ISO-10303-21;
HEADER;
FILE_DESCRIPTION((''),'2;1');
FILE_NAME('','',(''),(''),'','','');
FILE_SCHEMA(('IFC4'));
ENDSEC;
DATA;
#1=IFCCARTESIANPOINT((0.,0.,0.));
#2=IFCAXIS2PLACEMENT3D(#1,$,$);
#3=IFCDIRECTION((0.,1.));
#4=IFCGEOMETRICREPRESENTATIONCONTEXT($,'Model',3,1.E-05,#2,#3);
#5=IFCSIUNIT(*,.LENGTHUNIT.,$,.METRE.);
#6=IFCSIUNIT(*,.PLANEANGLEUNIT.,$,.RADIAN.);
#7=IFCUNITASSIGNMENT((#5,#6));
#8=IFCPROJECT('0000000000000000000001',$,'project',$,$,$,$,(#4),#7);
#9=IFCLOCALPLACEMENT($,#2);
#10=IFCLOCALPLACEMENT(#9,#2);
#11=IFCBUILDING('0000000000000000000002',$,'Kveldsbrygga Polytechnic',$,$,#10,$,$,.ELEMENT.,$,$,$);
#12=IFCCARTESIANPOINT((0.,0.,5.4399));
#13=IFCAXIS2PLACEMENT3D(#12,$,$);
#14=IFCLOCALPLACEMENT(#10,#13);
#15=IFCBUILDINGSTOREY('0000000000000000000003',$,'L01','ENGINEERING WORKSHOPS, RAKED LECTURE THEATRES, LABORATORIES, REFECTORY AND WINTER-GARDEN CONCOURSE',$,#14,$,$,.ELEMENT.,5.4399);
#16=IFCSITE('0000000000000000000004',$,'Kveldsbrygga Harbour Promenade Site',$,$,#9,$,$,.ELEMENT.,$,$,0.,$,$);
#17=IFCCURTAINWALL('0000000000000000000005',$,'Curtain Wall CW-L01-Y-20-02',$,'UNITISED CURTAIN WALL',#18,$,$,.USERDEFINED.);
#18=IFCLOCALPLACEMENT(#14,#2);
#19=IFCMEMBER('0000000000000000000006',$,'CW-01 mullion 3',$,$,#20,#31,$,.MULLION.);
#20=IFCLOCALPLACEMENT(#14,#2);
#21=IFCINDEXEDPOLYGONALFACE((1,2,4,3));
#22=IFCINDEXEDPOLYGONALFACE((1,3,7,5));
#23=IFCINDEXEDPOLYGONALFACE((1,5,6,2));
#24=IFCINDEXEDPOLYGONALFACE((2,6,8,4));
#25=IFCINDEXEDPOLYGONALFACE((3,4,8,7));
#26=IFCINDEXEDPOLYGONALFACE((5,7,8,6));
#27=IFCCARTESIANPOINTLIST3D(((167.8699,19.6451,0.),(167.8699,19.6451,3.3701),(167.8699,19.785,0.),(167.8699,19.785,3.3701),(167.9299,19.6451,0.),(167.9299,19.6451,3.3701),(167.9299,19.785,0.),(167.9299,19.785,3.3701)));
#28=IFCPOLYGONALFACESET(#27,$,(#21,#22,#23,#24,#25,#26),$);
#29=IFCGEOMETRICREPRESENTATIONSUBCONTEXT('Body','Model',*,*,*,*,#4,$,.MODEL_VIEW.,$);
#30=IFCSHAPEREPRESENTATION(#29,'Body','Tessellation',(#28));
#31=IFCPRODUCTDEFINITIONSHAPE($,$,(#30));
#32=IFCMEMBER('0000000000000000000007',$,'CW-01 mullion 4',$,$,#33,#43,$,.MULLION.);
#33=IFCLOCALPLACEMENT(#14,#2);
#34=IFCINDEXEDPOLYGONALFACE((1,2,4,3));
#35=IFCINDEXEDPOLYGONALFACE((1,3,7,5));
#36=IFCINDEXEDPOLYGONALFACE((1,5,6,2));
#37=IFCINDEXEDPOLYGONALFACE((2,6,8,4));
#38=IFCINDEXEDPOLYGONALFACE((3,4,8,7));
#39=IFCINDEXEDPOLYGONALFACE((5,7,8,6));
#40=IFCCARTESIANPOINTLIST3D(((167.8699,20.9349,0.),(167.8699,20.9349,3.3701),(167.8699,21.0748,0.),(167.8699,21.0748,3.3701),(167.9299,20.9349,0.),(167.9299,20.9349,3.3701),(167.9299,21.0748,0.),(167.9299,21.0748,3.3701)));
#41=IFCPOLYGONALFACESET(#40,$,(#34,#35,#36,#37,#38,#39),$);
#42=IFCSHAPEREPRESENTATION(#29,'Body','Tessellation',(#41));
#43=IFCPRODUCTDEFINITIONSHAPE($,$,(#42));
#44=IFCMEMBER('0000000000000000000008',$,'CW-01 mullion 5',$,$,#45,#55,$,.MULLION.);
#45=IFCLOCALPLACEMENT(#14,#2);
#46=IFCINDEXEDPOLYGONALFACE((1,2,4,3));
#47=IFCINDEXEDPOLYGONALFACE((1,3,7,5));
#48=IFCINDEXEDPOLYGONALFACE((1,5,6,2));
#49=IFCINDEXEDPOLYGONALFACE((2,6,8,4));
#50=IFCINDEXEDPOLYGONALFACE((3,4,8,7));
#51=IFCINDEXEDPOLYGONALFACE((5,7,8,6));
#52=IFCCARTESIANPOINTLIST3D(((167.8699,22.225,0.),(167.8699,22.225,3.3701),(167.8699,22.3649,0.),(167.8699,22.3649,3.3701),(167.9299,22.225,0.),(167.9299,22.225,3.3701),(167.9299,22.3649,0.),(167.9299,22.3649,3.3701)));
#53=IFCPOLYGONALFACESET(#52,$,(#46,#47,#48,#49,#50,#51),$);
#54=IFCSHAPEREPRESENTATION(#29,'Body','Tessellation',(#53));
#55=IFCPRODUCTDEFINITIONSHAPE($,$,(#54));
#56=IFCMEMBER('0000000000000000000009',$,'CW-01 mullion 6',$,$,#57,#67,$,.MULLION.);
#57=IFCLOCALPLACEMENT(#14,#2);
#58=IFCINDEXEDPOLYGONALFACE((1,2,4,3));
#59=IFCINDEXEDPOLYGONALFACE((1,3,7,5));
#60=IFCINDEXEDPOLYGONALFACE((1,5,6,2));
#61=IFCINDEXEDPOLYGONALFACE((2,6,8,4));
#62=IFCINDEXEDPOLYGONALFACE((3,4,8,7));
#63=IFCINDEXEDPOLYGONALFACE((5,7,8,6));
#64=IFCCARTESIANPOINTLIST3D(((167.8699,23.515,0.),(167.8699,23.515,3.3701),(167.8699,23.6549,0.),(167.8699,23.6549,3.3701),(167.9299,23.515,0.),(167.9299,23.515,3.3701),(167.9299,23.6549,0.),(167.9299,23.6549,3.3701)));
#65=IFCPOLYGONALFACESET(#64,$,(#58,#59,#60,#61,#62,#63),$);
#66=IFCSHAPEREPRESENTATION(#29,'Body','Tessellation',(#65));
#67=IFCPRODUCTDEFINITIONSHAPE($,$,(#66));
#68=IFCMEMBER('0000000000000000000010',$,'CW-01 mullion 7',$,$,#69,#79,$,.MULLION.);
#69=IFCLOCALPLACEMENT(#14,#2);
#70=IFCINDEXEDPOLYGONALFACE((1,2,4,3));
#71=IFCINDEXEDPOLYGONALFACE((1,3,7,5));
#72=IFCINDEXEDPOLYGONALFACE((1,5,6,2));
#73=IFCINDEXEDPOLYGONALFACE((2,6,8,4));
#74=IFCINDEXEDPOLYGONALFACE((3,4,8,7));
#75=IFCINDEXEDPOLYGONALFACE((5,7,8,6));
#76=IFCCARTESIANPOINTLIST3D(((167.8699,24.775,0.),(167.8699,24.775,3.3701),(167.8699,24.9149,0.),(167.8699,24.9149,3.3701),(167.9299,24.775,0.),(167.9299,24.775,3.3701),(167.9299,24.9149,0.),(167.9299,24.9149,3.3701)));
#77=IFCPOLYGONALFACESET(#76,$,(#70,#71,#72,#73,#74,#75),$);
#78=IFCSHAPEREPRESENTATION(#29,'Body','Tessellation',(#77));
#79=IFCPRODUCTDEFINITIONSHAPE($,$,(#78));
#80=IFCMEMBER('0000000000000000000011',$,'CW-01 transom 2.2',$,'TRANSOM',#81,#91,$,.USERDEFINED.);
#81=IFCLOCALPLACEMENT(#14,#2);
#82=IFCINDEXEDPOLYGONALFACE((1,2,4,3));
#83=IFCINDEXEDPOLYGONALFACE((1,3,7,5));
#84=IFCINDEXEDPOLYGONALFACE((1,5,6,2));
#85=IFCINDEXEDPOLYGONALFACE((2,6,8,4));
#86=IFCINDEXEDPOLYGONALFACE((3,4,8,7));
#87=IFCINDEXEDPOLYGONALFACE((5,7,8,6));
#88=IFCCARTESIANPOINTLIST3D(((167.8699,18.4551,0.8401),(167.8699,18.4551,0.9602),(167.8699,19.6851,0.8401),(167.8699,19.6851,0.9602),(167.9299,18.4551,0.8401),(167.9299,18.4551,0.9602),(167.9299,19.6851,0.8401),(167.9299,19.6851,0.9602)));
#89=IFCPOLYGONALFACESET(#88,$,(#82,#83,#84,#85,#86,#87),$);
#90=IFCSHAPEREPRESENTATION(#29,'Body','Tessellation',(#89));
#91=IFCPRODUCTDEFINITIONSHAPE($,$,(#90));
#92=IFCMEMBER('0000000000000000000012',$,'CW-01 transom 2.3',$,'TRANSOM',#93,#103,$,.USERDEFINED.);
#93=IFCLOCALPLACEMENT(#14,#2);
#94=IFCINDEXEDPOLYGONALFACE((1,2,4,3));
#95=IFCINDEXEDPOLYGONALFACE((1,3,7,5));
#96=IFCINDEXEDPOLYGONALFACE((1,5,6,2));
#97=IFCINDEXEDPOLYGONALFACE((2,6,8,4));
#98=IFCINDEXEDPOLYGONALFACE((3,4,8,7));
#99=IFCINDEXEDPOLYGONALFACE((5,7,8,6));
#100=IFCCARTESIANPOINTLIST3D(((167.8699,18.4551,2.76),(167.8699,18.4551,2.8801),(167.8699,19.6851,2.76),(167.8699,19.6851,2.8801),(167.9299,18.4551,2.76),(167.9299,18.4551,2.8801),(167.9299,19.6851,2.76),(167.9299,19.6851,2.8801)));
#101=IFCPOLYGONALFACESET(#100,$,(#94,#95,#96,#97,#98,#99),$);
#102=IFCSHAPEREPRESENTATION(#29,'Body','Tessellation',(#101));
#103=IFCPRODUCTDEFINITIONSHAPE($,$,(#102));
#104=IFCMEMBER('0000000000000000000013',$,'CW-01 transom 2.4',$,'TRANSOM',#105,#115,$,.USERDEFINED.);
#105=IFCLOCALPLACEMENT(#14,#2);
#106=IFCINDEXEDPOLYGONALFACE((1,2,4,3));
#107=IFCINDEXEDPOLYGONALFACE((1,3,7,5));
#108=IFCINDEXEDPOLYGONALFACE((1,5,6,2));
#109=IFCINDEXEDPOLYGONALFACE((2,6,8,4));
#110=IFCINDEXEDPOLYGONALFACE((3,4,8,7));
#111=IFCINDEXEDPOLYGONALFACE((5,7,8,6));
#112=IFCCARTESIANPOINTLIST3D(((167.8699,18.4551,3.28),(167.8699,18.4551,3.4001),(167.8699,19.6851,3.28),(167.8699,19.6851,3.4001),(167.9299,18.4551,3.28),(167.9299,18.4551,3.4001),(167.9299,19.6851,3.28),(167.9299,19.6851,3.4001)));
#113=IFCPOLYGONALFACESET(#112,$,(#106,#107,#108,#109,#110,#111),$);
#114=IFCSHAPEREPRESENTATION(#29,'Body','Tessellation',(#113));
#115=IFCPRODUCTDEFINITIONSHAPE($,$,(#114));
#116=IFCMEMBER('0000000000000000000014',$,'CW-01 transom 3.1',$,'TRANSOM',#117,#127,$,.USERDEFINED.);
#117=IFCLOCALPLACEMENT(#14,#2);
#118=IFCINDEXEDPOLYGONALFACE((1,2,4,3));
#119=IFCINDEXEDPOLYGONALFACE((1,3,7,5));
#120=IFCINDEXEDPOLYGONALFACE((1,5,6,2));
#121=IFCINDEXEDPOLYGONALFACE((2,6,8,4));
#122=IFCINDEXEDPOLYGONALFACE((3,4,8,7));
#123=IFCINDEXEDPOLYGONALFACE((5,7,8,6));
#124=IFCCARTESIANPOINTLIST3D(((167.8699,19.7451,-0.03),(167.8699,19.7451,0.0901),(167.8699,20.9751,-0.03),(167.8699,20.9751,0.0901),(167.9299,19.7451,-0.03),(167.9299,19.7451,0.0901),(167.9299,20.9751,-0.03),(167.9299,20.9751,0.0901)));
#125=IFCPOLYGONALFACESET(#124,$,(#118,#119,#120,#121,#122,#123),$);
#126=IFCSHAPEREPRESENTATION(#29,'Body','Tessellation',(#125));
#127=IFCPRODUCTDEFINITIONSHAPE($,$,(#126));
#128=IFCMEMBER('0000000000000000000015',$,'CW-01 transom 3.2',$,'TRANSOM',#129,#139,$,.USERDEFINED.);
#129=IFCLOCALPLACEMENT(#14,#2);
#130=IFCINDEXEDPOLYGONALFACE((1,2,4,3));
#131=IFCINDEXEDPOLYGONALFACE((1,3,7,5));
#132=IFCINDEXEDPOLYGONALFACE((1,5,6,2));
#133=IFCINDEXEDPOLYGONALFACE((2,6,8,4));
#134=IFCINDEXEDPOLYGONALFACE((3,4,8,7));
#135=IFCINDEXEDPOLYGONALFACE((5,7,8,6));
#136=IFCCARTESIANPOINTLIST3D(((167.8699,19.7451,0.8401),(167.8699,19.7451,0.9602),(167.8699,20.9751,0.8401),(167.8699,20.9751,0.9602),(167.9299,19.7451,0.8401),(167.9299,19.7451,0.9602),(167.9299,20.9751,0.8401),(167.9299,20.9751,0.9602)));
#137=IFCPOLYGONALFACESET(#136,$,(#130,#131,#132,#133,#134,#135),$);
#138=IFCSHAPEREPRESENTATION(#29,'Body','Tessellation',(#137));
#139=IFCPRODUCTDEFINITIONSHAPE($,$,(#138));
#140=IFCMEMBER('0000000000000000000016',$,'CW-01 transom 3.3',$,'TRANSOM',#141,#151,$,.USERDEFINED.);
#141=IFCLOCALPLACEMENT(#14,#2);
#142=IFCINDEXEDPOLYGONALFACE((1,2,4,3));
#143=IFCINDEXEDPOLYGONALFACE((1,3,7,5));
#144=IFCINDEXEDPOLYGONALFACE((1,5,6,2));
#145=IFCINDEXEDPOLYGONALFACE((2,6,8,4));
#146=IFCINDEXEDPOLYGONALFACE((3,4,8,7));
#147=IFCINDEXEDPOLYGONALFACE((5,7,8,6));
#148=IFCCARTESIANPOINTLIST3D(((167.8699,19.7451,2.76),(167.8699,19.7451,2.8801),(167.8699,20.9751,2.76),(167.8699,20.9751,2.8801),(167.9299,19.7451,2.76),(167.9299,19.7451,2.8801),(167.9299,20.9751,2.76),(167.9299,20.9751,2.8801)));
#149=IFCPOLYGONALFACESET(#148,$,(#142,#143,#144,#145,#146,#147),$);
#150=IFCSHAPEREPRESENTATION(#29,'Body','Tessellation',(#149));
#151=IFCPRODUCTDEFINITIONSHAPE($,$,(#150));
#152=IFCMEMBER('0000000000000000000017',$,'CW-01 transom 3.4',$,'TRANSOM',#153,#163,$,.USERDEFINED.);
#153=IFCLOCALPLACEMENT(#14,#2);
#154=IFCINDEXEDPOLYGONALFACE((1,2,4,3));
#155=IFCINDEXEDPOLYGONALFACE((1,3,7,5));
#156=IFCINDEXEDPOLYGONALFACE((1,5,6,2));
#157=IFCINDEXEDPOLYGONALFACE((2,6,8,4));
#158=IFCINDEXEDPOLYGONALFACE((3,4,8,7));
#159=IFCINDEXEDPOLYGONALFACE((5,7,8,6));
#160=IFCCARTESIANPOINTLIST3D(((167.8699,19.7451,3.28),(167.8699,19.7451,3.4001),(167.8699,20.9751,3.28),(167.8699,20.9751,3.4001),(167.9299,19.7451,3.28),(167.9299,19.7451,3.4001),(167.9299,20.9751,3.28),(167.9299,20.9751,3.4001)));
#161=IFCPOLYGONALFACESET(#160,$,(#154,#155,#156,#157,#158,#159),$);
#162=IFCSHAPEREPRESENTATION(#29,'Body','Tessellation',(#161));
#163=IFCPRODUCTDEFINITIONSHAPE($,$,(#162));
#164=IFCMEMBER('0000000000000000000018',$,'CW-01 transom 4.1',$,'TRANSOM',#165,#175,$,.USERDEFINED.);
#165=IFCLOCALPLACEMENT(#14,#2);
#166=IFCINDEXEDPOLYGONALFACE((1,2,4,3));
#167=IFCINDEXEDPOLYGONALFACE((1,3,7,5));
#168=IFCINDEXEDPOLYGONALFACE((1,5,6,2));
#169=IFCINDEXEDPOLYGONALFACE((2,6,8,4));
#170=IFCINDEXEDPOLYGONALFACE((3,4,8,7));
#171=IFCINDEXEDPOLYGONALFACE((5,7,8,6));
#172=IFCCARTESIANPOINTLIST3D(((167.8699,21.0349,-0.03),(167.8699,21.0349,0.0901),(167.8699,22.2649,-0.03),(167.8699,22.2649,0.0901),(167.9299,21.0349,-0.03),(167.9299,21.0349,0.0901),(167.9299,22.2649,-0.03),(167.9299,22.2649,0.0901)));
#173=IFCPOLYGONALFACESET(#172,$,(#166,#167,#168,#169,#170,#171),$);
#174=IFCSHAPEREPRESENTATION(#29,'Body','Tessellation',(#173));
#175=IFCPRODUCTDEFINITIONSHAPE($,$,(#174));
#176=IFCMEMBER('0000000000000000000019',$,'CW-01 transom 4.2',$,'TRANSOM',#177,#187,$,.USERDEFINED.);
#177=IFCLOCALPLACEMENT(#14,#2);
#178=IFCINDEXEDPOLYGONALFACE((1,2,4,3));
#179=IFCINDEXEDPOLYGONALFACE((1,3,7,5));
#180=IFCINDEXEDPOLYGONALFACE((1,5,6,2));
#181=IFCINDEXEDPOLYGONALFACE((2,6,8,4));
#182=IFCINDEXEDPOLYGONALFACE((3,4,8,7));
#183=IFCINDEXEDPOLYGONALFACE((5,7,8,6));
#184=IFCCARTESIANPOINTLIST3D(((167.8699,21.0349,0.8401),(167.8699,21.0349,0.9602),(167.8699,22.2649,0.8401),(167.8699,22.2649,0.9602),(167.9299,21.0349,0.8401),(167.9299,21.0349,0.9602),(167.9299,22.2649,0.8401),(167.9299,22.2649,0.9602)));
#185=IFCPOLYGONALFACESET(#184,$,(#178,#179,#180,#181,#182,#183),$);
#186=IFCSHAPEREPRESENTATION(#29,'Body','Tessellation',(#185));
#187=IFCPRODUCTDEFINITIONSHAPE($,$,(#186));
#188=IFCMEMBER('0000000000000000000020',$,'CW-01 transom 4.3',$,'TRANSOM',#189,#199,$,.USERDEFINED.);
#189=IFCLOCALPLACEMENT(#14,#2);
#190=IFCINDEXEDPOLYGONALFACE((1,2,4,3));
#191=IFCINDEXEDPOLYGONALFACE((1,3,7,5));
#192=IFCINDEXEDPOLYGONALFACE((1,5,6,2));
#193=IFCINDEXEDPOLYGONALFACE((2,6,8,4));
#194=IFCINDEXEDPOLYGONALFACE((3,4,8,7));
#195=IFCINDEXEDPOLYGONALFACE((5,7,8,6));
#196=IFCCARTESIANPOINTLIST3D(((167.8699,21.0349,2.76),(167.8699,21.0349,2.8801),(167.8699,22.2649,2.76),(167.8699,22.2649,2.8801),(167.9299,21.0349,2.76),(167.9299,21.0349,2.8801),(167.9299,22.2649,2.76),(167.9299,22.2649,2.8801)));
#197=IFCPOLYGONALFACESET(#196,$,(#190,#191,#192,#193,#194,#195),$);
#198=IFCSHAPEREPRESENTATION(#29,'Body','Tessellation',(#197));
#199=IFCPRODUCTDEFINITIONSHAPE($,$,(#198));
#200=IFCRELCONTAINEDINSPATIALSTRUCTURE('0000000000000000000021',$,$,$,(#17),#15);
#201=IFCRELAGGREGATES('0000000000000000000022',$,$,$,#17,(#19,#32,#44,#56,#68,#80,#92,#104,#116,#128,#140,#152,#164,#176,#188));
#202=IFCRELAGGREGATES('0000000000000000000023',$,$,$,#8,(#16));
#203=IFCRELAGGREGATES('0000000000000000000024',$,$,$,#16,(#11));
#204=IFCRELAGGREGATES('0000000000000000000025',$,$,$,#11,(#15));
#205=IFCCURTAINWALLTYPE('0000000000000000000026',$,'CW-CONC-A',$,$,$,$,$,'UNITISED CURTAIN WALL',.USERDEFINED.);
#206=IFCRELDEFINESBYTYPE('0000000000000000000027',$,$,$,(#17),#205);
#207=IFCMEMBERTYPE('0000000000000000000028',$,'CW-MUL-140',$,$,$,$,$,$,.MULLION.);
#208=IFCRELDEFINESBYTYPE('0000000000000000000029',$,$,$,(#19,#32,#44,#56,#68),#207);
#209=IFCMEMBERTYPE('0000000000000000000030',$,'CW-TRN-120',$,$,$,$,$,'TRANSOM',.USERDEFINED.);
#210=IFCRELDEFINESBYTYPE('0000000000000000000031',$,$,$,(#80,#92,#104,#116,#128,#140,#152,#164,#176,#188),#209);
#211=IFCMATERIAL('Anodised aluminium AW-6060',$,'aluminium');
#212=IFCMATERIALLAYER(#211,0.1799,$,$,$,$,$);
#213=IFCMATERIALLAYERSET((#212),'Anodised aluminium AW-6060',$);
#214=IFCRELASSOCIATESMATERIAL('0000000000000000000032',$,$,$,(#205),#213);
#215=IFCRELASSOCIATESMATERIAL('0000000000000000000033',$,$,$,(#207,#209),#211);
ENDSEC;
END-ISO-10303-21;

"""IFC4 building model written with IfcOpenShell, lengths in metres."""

from ifc_helpers import new_model, si_unit, direction, frame, origin, origin_2d, place, context, subcontext, project, spatial, rectangle, extrude, material, layer, layer_set, material_profile, profile_set, type_object, element, aggregate, save


model = new_model("IFC4")

# Units and contexts
model_context = context("Model", 3, precision=1e-05, world=origin(), true_north=direction((0.0, 1.0)))
body_context = subcontext(model_context, "Body", "Model", "MODEL_VIEW")
ifc_project = project(units=[si_unit("LENGTHUNIT", "METRE"), si_unit("PLANEANGLEUNIT", "RADIAN")], contexts=[model_context])

# Site, building, storey
site_placement = place(None, origin())
site = spatial("IfcSite", under=ifc_project, at=site_placement, Name="Kveldsbrygga Harbour Promenade Site", CompositionType="ELEMENT", RefElevation=0.0)
building_placement = place(site_placement, origin())
building = spatial("IfcBuilding", under=site, at=building_placement, Name="Kveldsbrygga Polytechnic", CompositionType="ELEMENT")
storey_placement = place(building_placement, frame((0.0, 0.0, 5.4399)))
storey = spatial("IfcBuildingStorey", under=building, at=storey_placement, Name="L01", Description="ENGINEERING WORKSHOPS, RAKED LECTURE THEATRES, LABORATORIES, REFECTORY AND WINTER-GARDEN CONCOURSE", CompositionType="ELEMENT", Elevation=5.4399)

# Curtain wall, members
ifc_material_1 = material(Name="Anodised aluminium AW-6060", Category="aluminium")
ifc_layer_1 = layer(ifc_material_1, 0.1799)
ifc_layer_set_1 = layer_set([ifc_layer_1], Name="Anodised aluminium AW-6060")
curtain_wall_type = type_object("IfcCurtainWallType", Name="CW-CONC-A", ElementType="UNITISED CURTAIN WALL", PredefinedType="USERDEFINED", material=ifc_layer_set_1)
curtain_wall_placement = place(storey_placement, origin())
curtain_wall = element("IfcCurtainWall", 1, at=curtain_wall_placement, inside=storey, type_object=curtain_wall_type, Name="Curtain Wall CW-L01-Y-20-02", ObjectType="UNITISED CURTAIN WALL", PredefinedType="USERDEFINED")
ifc_material_profile_1 = material_profile(ifc_material_1, rectangle(XDim=0.0601, YDim=0.1399, at=origin_2d()), Name="ALU 60x140")
ifc_profile_set_1 = profile_set([ifc_material_profile_1], Name="Anodised aluminium AW-6060")
member_type_1 = type_object("IfcMemberType", Name="CW-MUL-140", PredefinedType="MULLION", material=ifc_profile_set_1)
member_1_placement = place(storey_placement, frame((167.8999, 19.7151, 0.0), z_axis=(0.0, 0.0, 1.0), x_axis=(-1.0, 0.0, 0.0)))
member_1 = element("IfcMember", 2, at=member_1_placement, type_object=member_type_1, Name="CW-01 mullion 3", PredefinedType="MULLION", context=body_context, shape_type="SweptSolid", body=[
    extrude(rectangle(XDim=0.0601, YDim=0.1399, at=origin_2d()), origin(), (0.0, 0.0, 1.0), 3.3701),
])
member_2_placement = place(storey_placement, frame((167.8999, 21.0049, 0.0), z_axis=(0.0, 0.0, 1.0), x_axis=(-1.0, 0.0, 0.0)))
member_2 = element("IfcMember", 3, at=member_2_placement, type_object=member_type_1, Name="CW-01 mullion 4", PredefinedType="MULLION", context=body_context, shape_type="SweptSolid", body=[
    extrude(rectangle(XDim=0.0601, YDim=0.1399, at=origin_2d()), origin(), (0.0, 0.0, 1.0), 3.3701),
])
member_3_placement = place(storey_placement, frame((167.8999, 22.2949, 0.0), z_axis=(0.0, 0.0, 1.0), x_axis=(-1.0, 0.0, 0.0)))
member_3 = element("IfcMember", 4, at=member_3_placement, type_object=member_type_1, Name="CW-01 mullion 5", PredefinedType="MULLION", context=body_context, shape_type="SweptSolid", body=[
    extrude(rectangle(XDim=0.0601, YDim=0.1399, at=origin_2d()), origin(), (0.0, 0.0, 1.0), 3.3701),
])
member_4_placement = place(storey_placement, frame((167.8999, 23.585, 0.0), z_axis=(0.0, 0.0, 1.0), x_axis=(-1.0, 0.0, 0.0)))
member_4 = element("IfcMember", 5, at=member_4_placement, type_object=member_type_1, Name="CW-01 mullion 6", PredefinedType="MULLION", context=body_context, shape_type="SweptSolid", body=[
    extrude(rectangle(XDim=0.0601, YDim=0.1399, at=origin_2d()), origin(), (0.0, 0.0, 1.0), 3.3701),
])
member_5_placement = place(storey_placement, frame((167.8999, 24.845, 0.0), z_axis=(0.0, 0.0, 1.0), x_axis=(-1.0, 0.0, 0.0)))
member_5 = element("IfcMember", 6, at=member_5_placement, type_object=member_type_1, Name="CW-01 mullion 7", PredefinedType="MULLION", context=body_context, shape_type="SweptSolid", body=[
    extrude(rectangle(XDim=0.0601, YDim=0.1399, at=origin_2d()), origin(), (0.0, 0.0, 1.0), 3.3701),
])
ifc_material_profile_2 = material_profile(ifc_material_1, rectangle(XDim=0.0601, YDim=0.1201, at=origin_2d()), Name="ALU 60x120")
ifc_profile_set_2 = profile_set([ifc_material_profile_2], Name="Anodised aluminium AW-6060")
member_type_2 = type_object("IfcMemberType", Name="CW-TRN-120", ElementType="TRANSOM", PredefinedType="USERDEFINED", material=ifc_profile_set_2)
member_6_placement = place(storey_placement, frame((167.8999, 18.4551, 0.9001), z_axis=(0.0, 1.0, 0.0), x_axis=(-1.0, 0.0, 0.0)))
member_6 = element("IfcMember", 7, at=member_6_placement, type_object=member_type_2, Name="CW-01 transom 2.2", ObjectType="TRANSOM", PredefinedType="USERDEFINED", context=body_context, shape_type="SweptSolid", body=[
    extrude(rectangle(XDim=0.0601, YDim=0.1201, at=origin_2d()), origin(), (0.0, 0.0, 1.0), 1.23),
])
member_7_placement = place(storey_placement, frame((167.8999, 18.4551, 2.8201), z_axis=(0.0, 1.0, 0.0), x_axis=(-1.0, 0.0, 0.0)))
member_7 = element("IfcMember", 8, at=member_7_placement, type_object=member_type_2, Name="CW-01 transom 2.3", ObjectType="TRANSOM", PredefinedType="USERDEFINED", context=body_context, shape_type="SweptSolid", body=[
    extrude(rectangle(XDim=0.0601, YDim=0.1201, at=origin_2d()), origin(), (0.0, 0.0, 1.0), 1.23),
])
member_8_placement = place(storey_placement, frame((167.8999, 18.4551, 3.3401), z_axis=(0.0, 1.0, 0.0), x_axis=(-1.0, 0.0, 0.0)))
member_8 = element("IfcMember", 9, at=member_8_placement, type_object=member_type_2, Name="CW-01 transom 2.4", ObjectType="TRANSOM", PredefinedType="USERDEFINED", context=body_context, shape_type="SweptSolid", body=[
    extrude(rectangle(XDim=0.0601, YDim=0.1201, at=origin_2d()), origin(), (0.0, 0.0, 1.0), 1.23),
])
member_9_placement = place(storey_placement, frame((167.8999, 19.7451, 0.03), z_axis=(0.0, 1.0, 0.0), x_axis=(-1.0, 0.0, 0.0)))
member_9 = element("IfcMember", 10, at=member_9_placement, type_object=member_type_2, Name="CW-01 transom 3.1", ObjectType="TRANSOM", PredefinedType="USERDEFINED", context=body_context, shape_type="SweptSolid", body=[
    extrude(rectangle(XDim=0.0601, YDim=0.1201, at=origin_2d()), origin(), (0.0, 0.0, 1.0), 1.23),
])
member_10_placement = place(storey_placement, frame((167.8999, 19.7451, 0.9001), z_axis=(0.0, 1.0, 0.0), x_axis=(-1.0, 0.0, 0.0)))
member_10 = element("IfcMember", 11, at=member_10_placement, type_object=member_type_2, Name="CW-01 transom 3.2", ObjectType="TRANSOM", PredefinedType="USERDEFINED", context=body_context, shape_type="SweptSolid", body=[
    extrude(rectangle(XDim=0.0601, YDim=0.1201, at=origin_2d()), origin(), (0.0, 0.0, 1.0), 1.23),
])
member_11_placement = place(storey_placement, frame((167.8999, 19.7451, 2.8201), z_axis=(0.0, 1.0, 0.0), x_axis=(-1.0, 0.0, 0.0)))
member_11 = element("IfcMember", 12, at=member_11_placement, type_object=member_type_2, Name="CW-01 transom 3.3", ObjectType="TRANSOM", PredefinedType="USERDEFINED", context=body_context, shape_type="SweptSolid", body=[
    extrude(rectangle(XDim=0.0601, YDim=0.1201, at=origin_2d()), origin(), (0.0, 0.0, 1.0), 1.23),
])
member_12_placement = place(storey_placement, frame((167.8999, 19.7451, 3.3401), z_axis=(0.0, 1.0, 0.0), x_axis=(-1.0, 0.0, 0.0)))
member_12 = element("IfcMember", 13, at=member_12_placement, type_object=member_type_2, Name="CW-01 transom 3.4", ObjectType="TRANSOM", PredefinedType="USERDEFINED", context=body_context, shape_type="SweptSolid", body=[
    extrude(rectangle(XDim=0.0601, YDim=0.1201, at=origin_2d()), origin(), (0.0, 0.0, 1.0), 1.23),
])
member_13_placement = place(storey_placement, frame((167.8999, 21.0349, 0.03), z_axis=(0.0, 1.0, 0.0), x_axis=(-1.0, 0.0, 0.0)))
member_13 = element("IfcMember", 14, at=member_13_placement, type_object=member_type_2, Name="CW-01 transom 4.1", ObjectType="TRANSOM", PredefinedType="USERDEFINED", context=body_context, shape_type="SweptSolid", body=[
    extrude(rectangle(XDim=0.0601, YDim=0.1201, at=origin_2d()), origin(), (0.0, 0.0, 1.0), 1.23),
])
member_14_placement = place(storey_placement, frame((167.8999, 21.0349, 0.9001), z_axis=(0.0, 1.0, 0.0), x_axis=(-1.0, 0.0, 0.0)))
member_14 = element("IfcMember", 15, at=member_14_placement, type_object=member_type_2, Name="CW-01 transom 4.2", ObjectType="TRANSOM", PredefinedType="USERDEFINED", context=body_context, shape_type="SweptSolid", body=[
    extrude(rectangle(XDim=0.0601, YDim=0.1201, at=origin_2d()), origin(), (0.0, 0.0, 1.0), 1.23),
])
member_15_placement = place(storey_placement, frame((167.8999, 21.0349, 2.8201), z_axis=(0.0, 1.0, 0.0), x_axis=(-1.0, 0.0, 0.0)))
member_15 = element("IfcMember", 16, at=member_15_placement, type_object=member_type_2, Name="CW-01 transom 4.3", ObjectType="TRANSOM", PredefinedType="USERDEFINED", context=body_context, shape_type="SweptSolid", body=[
    extrude(rectangle(XDim=0.0601, YDim=0.1201, at=origin_2d()), origin(), (0.0, 0.0, 1.0), 1.23),
])

aggregate(curtain_wall, [member_1, member_2, member_3, member_4, member_5, member_6, member_7, member_8, member_9, member_10, member_11, member_12, member_13, member_14, member_15])

save(model, "model.ifc")
